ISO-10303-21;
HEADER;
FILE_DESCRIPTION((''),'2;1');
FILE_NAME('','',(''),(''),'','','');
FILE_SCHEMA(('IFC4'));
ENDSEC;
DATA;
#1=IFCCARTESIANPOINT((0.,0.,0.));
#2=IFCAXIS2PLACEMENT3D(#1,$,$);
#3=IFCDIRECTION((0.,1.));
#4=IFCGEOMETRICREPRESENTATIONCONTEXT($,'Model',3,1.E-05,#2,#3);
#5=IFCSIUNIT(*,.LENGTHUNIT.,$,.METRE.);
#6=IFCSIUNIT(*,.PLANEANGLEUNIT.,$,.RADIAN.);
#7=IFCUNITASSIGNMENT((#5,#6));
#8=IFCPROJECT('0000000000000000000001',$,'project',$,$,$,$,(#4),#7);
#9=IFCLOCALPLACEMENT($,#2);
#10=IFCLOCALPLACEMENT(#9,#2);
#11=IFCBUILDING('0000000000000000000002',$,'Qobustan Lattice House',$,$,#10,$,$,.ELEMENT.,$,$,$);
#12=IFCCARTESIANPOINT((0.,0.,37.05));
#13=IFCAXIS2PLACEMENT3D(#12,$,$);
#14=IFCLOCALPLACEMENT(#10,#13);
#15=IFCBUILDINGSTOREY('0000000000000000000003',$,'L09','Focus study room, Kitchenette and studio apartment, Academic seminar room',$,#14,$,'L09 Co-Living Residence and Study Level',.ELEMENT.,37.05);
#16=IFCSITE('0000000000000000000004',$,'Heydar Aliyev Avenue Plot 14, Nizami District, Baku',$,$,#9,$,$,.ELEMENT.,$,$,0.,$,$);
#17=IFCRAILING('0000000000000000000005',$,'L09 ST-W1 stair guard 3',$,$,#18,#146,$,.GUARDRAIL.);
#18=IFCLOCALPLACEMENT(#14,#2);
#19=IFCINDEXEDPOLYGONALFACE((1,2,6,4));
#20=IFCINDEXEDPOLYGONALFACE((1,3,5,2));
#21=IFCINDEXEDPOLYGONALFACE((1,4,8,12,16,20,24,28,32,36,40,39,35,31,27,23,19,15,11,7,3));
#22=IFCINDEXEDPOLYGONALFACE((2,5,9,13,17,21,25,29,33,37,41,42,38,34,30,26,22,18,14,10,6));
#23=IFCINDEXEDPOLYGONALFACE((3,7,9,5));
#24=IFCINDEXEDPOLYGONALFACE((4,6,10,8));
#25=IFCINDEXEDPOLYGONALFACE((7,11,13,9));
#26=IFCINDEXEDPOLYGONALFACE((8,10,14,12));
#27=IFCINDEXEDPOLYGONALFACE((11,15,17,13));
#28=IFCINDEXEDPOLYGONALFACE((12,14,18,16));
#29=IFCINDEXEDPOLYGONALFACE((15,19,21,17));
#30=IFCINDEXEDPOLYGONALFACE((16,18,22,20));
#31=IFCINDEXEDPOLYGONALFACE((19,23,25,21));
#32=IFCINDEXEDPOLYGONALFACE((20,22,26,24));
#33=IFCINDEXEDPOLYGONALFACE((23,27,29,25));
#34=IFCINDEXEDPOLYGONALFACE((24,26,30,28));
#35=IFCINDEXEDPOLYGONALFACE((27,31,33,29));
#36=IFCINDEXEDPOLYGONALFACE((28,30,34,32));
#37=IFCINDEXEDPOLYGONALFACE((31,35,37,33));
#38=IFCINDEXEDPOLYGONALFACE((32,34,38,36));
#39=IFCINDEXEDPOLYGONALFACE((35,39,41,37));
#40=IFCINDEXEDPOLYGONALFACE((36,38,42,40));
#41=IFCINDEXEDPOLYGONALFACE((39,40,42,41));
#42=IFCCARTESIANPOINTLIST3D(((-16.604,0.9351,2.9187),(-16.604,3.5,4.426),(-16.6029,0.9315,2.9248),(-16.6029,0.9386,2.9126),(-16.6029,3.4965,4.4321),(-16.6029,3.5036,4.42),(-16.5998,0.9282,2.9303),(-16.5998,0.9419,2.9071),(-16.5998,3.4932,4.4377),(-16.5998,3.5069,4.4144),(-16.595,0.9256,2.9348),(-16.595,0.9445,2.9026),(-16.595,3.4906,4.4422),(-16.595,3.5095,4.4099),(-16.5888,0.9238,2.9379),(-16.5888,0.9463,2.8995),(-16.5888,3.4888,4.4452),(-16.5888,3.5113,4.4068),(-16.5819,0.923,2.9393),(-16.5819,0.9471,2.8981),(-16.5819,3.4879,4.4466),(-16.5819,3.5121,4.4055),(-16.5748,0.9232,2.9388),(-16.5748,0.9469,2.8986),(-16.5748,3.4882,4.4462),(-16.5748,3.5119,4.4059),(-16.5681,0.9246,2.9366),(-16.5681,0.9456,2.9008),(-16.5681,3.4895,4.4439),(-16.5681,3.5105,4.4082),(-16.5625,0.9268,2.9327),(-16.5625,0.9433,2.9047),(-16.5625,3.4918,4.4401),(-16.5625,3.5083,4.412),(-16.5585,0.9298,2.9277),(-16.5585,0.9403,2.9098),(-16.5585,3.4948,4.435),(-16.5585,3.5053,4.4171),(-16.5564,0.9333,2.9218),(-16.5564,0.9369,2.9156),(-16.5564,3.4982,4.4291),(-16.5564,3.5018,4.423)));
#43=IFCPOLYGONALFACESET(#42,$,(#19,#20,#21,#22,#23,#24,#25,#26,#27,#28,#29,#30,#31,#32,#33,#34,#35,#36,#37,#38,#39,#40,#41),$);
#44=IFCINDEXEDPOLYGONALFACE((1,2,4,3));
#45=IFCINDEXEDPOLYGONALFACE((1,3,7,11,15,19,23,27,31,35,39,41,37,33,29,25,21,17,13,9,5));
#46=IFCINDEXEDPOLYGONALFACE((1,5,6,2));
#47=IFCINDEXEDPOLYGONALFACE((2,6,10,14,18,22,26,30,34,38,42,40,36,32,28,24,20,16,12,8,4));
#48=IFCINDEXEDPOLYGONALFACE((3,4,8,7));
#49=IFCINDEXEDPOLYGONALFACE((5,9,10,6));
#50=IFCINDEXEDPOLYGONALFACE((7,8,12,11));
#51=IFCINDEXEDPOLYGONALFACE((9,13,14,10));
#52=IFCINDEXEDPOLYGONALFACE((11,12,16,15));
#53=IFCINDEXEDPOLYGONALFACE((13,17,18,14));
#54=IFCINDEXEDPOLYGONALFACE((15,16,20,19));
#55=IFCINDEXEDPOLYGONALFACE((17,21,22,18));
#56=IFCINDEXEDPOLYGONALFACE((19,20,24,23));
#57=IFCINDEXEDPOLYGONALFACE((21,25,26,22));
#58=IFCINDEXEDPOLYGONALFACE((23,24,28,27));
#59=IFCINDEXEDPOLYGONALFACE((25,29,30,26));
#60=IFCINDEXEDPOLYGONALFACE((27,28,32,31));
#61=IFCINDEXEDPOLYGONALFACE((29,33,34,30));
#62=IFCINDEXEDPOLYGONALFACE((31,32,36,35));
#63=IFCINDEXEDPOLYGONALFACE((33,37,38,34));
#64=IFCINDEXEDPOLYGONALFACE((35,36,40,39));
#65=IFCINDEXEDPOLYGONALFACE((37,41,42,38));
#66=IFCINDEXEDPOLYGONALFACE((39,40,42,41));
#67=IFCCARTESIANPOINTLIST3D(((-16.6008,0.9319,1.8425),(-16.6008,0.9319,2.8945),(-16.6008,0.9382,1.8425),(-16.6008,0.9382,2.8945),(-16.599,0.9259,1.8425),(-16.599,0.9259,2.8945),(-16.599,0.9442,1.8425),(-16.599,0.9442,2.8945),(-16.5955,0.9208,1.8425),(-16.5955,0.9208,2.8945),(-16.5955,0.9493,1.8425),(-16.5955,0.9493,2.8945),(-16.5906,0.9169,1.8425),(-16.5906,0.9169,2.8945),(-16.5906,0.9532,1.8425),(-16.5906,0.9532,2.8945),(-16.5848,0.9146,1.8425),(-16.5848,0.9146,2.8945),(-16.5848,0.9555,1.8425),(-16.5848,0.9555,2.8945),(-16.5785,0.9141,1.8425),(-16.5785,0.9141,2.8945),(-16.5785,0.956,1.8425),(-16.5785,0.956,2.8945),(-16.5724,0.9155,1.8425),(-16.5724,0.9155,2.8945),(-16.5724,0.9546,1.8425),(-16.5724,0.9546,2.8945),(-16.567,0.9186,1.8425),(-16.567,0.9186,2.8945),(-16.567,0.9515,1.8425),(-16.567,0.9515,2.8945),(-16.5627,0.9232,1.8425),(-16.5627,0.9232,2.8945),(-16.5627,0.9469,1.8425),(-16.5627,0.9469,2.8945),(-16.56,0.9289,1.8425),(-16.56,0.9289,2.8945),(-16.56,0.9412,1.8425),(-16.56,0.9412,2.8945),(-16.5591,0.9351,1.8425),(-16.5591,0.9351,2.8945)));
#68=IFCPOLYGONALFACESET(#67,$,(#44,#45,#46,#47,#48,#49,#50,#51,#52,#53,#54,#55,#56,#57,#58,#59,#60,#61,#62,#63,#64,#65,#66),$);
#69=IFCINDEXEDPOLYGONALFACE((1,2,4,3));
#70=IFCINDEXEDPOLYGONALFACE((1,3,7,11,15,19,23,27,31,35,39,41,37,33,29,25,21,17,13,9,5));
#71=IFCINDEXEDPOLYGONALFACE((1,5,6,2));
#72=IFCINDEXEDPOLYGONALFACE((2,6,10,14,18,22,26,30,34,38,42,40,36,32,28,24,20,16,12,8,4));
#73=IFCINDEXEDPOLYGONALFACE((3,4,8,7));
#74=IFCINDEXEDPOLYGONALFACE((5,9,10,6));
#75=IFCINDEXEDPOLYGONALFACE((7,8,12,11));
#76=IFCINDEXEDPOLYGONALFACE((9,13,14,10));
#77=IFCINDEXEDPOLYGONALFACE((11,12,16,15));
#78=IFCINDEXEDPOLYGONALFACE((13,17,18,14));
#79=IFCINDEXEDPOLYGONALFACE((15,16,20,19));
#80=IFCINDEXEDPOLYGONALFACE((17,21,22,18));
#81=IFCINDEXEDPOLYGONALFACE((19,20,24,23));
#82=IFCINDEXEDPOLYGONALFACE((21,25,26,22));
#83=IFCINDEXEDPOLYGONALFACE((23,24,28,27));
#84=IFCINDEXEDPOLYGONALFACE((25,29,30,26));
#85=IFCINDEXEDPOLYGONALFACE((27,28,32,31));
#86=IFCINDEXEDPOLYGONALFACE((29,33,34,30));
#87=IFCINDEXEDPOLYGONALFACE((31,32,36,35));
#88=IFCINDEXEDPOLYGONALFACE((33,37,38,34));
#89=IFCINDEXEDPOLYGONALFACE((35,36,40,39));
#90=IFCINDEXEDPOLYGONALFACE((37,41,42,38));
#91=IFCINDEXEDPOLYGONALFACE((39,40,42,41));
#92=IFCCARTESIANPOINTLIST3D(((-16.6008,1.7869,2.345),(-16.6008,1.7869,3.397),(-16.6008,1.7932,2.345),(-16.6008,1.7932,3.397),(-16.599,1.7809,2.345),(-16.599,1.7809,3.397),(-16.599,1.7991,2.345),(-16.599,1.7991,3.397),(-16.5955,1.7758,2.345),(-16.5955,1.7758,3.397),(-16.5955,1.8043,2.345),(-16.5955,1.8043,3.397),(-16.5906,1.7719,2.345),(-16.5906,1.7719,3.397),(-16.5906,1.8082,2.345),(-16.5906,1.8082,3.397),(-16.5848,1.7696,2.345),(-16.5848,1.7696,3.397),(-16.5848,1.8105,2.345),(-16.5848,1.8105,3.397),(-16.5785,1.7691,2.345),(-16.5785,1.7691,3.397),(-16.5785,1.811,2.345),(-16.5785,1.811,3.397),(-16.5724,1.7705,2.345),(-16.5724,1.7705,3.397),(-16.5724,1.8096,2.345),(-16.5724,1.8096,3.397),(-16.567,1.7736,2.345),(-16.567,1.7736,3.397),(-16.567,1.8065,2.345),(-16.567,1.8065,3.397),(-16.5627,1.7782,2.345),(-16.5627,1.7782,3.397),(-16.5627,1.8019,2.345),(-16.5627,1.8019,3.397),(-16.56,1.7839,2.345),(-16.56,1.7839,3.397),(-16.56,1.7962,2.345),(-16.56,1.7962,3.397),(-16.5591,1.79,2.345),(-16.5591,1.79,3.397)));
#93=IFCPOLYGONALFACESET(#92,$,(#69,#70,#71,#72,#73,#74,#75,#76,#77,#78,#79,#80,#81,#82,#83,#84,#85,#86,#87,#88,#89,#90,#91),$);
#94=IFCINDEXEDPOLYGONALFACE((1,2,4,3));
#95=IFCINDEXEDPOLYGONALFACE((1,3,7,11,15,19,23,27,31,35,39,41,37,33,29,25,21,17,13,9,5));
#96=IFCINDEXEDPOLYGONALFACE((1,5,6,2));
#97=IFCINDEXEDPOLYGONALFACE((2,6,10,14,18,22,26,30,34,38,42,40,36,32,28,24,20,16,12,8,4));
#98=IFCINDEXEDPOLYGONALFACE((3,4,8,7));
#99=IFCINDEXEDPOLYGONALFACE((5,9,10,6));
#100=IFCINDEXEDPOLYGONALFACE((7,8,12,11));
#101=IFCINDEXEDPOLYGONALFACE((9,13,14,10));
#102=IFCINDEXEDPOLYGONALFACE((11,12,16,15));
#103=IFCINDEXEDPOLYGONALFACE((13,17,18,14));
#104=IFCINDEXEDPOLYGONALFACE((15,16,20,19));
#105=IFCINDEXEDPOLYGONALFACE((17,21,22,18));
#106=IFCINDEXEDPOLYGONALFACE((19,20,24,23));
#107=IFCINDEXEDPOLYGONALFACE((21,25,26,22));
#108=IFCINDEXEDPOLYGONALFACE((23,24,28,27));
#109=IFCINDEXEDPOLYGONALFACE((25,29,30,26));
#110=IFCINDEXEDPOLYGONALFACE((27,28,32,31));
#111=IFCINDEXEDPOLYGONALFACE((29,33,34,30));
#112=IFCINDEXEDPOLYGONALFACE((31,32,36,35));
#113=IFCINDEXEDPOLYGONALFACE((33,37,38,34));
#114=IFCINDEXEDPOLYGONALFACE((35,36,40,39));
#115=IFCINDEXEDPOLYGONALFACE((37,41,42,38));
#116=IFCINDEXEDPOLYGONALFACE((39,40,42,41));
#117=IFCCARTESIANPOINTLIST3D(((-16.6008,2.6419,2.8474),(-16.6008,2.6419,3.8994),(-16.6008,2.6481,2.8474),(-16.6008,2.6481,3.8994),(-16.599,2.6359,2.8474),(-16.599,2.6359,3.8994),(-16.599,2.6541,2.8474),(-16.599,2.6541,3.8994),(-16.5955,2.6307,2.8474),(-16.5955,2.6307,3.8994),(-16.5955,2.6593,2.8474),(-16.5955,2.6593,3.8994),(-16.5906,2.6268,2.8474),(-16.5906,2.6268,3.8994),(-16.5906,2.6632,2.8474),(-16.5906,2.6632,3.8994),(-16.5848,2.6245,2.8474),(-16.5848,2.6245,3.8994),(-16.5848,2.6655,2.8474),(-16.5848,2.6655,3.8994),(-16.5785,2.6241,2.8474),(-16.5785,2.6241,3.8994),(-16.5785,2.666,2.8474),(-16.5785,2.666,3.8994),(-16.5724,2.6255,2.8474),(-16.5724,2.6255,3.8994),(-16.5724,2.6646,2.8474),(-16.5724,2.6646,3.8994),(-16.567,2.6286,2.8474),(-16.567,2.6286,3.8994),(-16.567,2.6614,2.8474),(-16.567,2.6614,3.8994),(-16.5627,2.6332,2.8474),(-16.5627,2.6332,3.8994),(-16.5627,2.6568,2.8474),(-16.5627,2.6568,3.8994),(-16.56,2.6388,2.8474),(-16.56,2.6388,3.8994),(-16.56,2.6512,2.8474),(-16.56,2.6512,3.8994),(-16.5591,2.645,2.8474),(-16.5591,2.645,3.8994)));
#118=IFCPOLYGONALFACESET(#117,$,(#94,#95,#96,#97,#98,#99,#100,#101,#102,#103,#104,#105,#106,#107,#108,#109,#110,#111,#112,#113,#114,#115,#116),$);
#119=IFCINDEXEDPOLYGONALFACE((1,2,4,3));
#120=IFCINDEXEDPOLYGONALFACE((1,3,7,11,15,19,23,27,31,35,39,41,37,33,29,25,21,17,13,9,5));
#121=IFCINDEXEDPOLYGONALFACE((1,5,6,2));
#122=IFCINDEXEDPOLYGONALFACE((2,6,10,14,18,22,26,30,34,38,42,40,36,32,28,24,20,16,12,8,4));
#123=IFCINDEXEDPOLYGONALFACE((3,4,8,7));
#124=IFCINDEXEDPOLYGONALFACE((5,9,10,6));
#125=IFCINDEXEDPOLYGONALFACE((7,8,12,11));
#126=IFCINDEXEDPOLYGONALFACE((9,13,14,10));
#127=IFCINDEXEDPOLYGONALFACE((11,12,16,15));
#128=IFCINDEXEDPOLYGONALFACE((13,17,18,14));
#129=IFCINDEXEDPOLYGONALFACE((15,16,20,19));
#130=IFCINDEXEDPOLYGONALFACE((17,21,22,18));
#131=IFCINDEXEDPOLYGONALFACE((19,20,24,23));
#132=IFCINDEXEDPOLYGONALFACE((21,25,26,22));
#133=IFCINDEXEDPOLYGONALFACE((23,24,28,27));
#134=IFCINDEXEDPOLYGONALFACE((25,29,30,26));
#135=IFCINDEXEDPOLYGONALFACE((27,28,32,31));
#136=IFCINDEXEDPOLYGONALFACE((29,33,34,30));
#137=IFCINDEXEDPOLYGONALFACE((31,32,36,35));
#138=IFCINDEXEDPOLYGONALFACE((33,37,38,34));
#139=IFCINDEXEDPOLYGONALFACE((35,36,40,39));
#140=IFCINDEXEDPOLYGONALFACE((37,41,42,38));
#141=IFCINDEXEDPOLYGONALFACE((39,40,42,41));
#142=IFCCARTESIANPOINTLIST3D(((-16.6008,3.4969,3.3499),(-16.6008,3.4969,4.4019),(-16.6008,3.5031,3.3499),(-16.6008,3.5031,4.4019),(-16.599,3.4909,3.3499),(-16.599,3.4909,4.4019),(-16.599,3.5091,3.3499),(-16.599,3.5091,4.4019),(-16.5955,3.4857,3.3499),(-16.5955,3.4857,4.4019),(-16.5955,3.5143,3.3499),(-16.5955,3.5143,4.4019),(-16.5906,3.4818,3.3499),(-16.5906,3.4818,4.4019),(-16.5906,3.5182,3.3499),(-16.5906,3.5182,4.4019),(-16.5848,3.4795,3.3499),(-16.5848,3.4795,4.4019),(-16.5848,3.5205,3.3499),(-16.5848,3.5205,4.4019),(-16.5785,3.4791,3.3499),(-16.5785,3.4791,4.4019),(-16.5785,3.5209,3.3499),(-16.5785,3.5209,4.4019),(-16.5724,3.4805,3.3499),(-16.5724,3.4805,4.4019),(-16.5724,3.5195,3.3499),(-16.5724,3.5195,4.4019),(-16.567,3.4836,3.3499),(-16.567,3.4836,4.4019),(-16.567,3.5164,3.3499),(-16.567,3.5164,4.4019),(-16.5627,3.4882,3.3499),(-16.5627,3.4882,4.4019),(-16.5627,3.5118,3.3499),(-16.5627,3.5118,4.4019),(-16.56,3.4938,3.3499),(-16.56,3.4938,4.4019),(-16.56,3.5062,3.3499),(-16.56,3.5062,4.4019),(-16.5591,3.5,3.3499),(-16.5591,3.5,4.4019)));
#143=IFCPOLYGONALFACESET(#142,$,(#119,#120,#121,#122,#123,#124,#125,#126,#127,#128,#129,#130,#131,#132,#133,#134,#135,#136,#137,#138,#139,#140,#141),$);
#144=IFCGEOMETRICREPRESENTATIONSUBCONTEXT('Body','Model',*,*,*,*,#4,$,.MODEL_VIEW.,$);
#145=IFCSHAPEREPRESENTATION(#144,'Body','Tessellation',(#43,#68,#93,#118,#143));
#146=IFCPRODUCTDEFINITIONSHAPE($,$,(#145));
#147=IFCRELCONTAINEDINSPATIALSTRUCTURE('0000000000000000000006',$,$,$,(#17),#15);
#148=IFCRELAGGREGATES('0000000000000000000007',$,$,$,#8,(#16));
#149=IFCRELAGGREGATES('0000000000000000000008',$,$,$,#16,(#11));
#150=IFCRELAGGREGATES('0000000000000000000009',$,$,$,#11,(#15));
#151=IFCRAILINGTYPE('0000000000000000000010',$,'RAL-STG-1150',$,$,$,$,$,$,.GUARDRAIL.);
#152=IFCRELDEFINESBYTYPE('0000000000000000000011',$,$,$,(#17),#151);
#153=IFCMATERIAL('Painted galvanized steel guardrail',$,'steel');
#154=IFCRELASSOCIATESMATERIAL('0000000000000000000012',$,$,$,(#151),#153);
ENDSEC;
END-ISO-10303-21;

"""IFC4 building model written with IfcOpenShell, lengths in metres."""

from ifc_helpers import new_model, si_unit, direction, frame, origin, origin_2d, place, context, subcontext, project, spatial, circle, extrude, material, type_object, element, save


model = new_model("IFC4")

# Units and contexts
model_context = context("Model", 3, precision=1e-05, world=origin(), true_north=direction((0.0, 1.0)))
body_context = subcontext(model_context, "Body", "Model", "MODEL_VIEW")
ifc_project = project(units=[si_unit("LENGTHUNIT", "METRE"), si_unit("PLANEANGLEUNIT", "RADIAN")], contexts=[model_context])

# Site, building, storey
site_placement = place(None, origin())
site = spatial("IfcSite", under=ifc_project, at=site_placement, Name="Heydar Aliyev Avenue Plot 14, Nizami District, Baku", CompositionType="ELEMENT", RefElevation=0.0)
building_placement = place(site_placement, origin())
building = spatial("IfcBuilding", under=site, at=building_placement, Name="Qobustan Lattice House", CompositionType="ELEMENT")
storey_placement = place(building_placement, frame((0.0, 0.0, 37.05)))
storey = spatial("IfcBuildingStorey", under=building, at=storey_placement, Name="L09", Description="Focus study room, Kitchenette and studio apartment, Academic seminar room", LongName="L09 Co-Living Residence and Study Level", CompositionType="ELEMENT", Elevation=37.05)

# Railing
ifc_material_1 = material(Name="Painted galvanized steel guardrail", Category="steel")
railing_type_1 = type_object("IfcRailingType", Name="RAL-STG-1150", PredefinedType="GUARDRAIL", material=ifc_material_1)
railing_1_placement = place(storey_placement, frame((-16.5801, 0.9351, 1.8425)))
element("IfcRailing", 1, at=railing_1_placement, inside=storey, type_object=railing_type_1, Name="L09 ST-W1 stair guard 3", PredefinedType="GUARDRAIL", context=body_context, shape_type="SweptSolid", body=[
    extrude(circle(Radius=0.0239, at=origin_2d()), frame((0.0, 0.0, 1.0762), z_axis=(0.0, 0.862149, 0.506654), x_axis=(-1.0, 0.0, 0.0)), (0.0, 0.0, 1.0), 2.9751),
    extrude(circle(Radius=0.021, at=origin_2d()), origin(), (0.0, 0.0, 1.0), 1.052),
    extrude(circle(Radius=0.021, at=origin_2d()), frame((0.0, 0.855, 0.5024)), (0.0, 0.0, 1.0), 1.052),
    extrude(circle(Radius=0.021, at=origin_2d()), frame((0.0, 1.71, 1.0049)), (0.0, 0.0, 1.0), 1.052),
    extrude(circle(Radius=0.021, at=origin_2d()), frame((0.0, 2.5649, 1.5073)), (0.0, 0.0, 1.0), 1.052),
])

save(model, "model.ifc")
